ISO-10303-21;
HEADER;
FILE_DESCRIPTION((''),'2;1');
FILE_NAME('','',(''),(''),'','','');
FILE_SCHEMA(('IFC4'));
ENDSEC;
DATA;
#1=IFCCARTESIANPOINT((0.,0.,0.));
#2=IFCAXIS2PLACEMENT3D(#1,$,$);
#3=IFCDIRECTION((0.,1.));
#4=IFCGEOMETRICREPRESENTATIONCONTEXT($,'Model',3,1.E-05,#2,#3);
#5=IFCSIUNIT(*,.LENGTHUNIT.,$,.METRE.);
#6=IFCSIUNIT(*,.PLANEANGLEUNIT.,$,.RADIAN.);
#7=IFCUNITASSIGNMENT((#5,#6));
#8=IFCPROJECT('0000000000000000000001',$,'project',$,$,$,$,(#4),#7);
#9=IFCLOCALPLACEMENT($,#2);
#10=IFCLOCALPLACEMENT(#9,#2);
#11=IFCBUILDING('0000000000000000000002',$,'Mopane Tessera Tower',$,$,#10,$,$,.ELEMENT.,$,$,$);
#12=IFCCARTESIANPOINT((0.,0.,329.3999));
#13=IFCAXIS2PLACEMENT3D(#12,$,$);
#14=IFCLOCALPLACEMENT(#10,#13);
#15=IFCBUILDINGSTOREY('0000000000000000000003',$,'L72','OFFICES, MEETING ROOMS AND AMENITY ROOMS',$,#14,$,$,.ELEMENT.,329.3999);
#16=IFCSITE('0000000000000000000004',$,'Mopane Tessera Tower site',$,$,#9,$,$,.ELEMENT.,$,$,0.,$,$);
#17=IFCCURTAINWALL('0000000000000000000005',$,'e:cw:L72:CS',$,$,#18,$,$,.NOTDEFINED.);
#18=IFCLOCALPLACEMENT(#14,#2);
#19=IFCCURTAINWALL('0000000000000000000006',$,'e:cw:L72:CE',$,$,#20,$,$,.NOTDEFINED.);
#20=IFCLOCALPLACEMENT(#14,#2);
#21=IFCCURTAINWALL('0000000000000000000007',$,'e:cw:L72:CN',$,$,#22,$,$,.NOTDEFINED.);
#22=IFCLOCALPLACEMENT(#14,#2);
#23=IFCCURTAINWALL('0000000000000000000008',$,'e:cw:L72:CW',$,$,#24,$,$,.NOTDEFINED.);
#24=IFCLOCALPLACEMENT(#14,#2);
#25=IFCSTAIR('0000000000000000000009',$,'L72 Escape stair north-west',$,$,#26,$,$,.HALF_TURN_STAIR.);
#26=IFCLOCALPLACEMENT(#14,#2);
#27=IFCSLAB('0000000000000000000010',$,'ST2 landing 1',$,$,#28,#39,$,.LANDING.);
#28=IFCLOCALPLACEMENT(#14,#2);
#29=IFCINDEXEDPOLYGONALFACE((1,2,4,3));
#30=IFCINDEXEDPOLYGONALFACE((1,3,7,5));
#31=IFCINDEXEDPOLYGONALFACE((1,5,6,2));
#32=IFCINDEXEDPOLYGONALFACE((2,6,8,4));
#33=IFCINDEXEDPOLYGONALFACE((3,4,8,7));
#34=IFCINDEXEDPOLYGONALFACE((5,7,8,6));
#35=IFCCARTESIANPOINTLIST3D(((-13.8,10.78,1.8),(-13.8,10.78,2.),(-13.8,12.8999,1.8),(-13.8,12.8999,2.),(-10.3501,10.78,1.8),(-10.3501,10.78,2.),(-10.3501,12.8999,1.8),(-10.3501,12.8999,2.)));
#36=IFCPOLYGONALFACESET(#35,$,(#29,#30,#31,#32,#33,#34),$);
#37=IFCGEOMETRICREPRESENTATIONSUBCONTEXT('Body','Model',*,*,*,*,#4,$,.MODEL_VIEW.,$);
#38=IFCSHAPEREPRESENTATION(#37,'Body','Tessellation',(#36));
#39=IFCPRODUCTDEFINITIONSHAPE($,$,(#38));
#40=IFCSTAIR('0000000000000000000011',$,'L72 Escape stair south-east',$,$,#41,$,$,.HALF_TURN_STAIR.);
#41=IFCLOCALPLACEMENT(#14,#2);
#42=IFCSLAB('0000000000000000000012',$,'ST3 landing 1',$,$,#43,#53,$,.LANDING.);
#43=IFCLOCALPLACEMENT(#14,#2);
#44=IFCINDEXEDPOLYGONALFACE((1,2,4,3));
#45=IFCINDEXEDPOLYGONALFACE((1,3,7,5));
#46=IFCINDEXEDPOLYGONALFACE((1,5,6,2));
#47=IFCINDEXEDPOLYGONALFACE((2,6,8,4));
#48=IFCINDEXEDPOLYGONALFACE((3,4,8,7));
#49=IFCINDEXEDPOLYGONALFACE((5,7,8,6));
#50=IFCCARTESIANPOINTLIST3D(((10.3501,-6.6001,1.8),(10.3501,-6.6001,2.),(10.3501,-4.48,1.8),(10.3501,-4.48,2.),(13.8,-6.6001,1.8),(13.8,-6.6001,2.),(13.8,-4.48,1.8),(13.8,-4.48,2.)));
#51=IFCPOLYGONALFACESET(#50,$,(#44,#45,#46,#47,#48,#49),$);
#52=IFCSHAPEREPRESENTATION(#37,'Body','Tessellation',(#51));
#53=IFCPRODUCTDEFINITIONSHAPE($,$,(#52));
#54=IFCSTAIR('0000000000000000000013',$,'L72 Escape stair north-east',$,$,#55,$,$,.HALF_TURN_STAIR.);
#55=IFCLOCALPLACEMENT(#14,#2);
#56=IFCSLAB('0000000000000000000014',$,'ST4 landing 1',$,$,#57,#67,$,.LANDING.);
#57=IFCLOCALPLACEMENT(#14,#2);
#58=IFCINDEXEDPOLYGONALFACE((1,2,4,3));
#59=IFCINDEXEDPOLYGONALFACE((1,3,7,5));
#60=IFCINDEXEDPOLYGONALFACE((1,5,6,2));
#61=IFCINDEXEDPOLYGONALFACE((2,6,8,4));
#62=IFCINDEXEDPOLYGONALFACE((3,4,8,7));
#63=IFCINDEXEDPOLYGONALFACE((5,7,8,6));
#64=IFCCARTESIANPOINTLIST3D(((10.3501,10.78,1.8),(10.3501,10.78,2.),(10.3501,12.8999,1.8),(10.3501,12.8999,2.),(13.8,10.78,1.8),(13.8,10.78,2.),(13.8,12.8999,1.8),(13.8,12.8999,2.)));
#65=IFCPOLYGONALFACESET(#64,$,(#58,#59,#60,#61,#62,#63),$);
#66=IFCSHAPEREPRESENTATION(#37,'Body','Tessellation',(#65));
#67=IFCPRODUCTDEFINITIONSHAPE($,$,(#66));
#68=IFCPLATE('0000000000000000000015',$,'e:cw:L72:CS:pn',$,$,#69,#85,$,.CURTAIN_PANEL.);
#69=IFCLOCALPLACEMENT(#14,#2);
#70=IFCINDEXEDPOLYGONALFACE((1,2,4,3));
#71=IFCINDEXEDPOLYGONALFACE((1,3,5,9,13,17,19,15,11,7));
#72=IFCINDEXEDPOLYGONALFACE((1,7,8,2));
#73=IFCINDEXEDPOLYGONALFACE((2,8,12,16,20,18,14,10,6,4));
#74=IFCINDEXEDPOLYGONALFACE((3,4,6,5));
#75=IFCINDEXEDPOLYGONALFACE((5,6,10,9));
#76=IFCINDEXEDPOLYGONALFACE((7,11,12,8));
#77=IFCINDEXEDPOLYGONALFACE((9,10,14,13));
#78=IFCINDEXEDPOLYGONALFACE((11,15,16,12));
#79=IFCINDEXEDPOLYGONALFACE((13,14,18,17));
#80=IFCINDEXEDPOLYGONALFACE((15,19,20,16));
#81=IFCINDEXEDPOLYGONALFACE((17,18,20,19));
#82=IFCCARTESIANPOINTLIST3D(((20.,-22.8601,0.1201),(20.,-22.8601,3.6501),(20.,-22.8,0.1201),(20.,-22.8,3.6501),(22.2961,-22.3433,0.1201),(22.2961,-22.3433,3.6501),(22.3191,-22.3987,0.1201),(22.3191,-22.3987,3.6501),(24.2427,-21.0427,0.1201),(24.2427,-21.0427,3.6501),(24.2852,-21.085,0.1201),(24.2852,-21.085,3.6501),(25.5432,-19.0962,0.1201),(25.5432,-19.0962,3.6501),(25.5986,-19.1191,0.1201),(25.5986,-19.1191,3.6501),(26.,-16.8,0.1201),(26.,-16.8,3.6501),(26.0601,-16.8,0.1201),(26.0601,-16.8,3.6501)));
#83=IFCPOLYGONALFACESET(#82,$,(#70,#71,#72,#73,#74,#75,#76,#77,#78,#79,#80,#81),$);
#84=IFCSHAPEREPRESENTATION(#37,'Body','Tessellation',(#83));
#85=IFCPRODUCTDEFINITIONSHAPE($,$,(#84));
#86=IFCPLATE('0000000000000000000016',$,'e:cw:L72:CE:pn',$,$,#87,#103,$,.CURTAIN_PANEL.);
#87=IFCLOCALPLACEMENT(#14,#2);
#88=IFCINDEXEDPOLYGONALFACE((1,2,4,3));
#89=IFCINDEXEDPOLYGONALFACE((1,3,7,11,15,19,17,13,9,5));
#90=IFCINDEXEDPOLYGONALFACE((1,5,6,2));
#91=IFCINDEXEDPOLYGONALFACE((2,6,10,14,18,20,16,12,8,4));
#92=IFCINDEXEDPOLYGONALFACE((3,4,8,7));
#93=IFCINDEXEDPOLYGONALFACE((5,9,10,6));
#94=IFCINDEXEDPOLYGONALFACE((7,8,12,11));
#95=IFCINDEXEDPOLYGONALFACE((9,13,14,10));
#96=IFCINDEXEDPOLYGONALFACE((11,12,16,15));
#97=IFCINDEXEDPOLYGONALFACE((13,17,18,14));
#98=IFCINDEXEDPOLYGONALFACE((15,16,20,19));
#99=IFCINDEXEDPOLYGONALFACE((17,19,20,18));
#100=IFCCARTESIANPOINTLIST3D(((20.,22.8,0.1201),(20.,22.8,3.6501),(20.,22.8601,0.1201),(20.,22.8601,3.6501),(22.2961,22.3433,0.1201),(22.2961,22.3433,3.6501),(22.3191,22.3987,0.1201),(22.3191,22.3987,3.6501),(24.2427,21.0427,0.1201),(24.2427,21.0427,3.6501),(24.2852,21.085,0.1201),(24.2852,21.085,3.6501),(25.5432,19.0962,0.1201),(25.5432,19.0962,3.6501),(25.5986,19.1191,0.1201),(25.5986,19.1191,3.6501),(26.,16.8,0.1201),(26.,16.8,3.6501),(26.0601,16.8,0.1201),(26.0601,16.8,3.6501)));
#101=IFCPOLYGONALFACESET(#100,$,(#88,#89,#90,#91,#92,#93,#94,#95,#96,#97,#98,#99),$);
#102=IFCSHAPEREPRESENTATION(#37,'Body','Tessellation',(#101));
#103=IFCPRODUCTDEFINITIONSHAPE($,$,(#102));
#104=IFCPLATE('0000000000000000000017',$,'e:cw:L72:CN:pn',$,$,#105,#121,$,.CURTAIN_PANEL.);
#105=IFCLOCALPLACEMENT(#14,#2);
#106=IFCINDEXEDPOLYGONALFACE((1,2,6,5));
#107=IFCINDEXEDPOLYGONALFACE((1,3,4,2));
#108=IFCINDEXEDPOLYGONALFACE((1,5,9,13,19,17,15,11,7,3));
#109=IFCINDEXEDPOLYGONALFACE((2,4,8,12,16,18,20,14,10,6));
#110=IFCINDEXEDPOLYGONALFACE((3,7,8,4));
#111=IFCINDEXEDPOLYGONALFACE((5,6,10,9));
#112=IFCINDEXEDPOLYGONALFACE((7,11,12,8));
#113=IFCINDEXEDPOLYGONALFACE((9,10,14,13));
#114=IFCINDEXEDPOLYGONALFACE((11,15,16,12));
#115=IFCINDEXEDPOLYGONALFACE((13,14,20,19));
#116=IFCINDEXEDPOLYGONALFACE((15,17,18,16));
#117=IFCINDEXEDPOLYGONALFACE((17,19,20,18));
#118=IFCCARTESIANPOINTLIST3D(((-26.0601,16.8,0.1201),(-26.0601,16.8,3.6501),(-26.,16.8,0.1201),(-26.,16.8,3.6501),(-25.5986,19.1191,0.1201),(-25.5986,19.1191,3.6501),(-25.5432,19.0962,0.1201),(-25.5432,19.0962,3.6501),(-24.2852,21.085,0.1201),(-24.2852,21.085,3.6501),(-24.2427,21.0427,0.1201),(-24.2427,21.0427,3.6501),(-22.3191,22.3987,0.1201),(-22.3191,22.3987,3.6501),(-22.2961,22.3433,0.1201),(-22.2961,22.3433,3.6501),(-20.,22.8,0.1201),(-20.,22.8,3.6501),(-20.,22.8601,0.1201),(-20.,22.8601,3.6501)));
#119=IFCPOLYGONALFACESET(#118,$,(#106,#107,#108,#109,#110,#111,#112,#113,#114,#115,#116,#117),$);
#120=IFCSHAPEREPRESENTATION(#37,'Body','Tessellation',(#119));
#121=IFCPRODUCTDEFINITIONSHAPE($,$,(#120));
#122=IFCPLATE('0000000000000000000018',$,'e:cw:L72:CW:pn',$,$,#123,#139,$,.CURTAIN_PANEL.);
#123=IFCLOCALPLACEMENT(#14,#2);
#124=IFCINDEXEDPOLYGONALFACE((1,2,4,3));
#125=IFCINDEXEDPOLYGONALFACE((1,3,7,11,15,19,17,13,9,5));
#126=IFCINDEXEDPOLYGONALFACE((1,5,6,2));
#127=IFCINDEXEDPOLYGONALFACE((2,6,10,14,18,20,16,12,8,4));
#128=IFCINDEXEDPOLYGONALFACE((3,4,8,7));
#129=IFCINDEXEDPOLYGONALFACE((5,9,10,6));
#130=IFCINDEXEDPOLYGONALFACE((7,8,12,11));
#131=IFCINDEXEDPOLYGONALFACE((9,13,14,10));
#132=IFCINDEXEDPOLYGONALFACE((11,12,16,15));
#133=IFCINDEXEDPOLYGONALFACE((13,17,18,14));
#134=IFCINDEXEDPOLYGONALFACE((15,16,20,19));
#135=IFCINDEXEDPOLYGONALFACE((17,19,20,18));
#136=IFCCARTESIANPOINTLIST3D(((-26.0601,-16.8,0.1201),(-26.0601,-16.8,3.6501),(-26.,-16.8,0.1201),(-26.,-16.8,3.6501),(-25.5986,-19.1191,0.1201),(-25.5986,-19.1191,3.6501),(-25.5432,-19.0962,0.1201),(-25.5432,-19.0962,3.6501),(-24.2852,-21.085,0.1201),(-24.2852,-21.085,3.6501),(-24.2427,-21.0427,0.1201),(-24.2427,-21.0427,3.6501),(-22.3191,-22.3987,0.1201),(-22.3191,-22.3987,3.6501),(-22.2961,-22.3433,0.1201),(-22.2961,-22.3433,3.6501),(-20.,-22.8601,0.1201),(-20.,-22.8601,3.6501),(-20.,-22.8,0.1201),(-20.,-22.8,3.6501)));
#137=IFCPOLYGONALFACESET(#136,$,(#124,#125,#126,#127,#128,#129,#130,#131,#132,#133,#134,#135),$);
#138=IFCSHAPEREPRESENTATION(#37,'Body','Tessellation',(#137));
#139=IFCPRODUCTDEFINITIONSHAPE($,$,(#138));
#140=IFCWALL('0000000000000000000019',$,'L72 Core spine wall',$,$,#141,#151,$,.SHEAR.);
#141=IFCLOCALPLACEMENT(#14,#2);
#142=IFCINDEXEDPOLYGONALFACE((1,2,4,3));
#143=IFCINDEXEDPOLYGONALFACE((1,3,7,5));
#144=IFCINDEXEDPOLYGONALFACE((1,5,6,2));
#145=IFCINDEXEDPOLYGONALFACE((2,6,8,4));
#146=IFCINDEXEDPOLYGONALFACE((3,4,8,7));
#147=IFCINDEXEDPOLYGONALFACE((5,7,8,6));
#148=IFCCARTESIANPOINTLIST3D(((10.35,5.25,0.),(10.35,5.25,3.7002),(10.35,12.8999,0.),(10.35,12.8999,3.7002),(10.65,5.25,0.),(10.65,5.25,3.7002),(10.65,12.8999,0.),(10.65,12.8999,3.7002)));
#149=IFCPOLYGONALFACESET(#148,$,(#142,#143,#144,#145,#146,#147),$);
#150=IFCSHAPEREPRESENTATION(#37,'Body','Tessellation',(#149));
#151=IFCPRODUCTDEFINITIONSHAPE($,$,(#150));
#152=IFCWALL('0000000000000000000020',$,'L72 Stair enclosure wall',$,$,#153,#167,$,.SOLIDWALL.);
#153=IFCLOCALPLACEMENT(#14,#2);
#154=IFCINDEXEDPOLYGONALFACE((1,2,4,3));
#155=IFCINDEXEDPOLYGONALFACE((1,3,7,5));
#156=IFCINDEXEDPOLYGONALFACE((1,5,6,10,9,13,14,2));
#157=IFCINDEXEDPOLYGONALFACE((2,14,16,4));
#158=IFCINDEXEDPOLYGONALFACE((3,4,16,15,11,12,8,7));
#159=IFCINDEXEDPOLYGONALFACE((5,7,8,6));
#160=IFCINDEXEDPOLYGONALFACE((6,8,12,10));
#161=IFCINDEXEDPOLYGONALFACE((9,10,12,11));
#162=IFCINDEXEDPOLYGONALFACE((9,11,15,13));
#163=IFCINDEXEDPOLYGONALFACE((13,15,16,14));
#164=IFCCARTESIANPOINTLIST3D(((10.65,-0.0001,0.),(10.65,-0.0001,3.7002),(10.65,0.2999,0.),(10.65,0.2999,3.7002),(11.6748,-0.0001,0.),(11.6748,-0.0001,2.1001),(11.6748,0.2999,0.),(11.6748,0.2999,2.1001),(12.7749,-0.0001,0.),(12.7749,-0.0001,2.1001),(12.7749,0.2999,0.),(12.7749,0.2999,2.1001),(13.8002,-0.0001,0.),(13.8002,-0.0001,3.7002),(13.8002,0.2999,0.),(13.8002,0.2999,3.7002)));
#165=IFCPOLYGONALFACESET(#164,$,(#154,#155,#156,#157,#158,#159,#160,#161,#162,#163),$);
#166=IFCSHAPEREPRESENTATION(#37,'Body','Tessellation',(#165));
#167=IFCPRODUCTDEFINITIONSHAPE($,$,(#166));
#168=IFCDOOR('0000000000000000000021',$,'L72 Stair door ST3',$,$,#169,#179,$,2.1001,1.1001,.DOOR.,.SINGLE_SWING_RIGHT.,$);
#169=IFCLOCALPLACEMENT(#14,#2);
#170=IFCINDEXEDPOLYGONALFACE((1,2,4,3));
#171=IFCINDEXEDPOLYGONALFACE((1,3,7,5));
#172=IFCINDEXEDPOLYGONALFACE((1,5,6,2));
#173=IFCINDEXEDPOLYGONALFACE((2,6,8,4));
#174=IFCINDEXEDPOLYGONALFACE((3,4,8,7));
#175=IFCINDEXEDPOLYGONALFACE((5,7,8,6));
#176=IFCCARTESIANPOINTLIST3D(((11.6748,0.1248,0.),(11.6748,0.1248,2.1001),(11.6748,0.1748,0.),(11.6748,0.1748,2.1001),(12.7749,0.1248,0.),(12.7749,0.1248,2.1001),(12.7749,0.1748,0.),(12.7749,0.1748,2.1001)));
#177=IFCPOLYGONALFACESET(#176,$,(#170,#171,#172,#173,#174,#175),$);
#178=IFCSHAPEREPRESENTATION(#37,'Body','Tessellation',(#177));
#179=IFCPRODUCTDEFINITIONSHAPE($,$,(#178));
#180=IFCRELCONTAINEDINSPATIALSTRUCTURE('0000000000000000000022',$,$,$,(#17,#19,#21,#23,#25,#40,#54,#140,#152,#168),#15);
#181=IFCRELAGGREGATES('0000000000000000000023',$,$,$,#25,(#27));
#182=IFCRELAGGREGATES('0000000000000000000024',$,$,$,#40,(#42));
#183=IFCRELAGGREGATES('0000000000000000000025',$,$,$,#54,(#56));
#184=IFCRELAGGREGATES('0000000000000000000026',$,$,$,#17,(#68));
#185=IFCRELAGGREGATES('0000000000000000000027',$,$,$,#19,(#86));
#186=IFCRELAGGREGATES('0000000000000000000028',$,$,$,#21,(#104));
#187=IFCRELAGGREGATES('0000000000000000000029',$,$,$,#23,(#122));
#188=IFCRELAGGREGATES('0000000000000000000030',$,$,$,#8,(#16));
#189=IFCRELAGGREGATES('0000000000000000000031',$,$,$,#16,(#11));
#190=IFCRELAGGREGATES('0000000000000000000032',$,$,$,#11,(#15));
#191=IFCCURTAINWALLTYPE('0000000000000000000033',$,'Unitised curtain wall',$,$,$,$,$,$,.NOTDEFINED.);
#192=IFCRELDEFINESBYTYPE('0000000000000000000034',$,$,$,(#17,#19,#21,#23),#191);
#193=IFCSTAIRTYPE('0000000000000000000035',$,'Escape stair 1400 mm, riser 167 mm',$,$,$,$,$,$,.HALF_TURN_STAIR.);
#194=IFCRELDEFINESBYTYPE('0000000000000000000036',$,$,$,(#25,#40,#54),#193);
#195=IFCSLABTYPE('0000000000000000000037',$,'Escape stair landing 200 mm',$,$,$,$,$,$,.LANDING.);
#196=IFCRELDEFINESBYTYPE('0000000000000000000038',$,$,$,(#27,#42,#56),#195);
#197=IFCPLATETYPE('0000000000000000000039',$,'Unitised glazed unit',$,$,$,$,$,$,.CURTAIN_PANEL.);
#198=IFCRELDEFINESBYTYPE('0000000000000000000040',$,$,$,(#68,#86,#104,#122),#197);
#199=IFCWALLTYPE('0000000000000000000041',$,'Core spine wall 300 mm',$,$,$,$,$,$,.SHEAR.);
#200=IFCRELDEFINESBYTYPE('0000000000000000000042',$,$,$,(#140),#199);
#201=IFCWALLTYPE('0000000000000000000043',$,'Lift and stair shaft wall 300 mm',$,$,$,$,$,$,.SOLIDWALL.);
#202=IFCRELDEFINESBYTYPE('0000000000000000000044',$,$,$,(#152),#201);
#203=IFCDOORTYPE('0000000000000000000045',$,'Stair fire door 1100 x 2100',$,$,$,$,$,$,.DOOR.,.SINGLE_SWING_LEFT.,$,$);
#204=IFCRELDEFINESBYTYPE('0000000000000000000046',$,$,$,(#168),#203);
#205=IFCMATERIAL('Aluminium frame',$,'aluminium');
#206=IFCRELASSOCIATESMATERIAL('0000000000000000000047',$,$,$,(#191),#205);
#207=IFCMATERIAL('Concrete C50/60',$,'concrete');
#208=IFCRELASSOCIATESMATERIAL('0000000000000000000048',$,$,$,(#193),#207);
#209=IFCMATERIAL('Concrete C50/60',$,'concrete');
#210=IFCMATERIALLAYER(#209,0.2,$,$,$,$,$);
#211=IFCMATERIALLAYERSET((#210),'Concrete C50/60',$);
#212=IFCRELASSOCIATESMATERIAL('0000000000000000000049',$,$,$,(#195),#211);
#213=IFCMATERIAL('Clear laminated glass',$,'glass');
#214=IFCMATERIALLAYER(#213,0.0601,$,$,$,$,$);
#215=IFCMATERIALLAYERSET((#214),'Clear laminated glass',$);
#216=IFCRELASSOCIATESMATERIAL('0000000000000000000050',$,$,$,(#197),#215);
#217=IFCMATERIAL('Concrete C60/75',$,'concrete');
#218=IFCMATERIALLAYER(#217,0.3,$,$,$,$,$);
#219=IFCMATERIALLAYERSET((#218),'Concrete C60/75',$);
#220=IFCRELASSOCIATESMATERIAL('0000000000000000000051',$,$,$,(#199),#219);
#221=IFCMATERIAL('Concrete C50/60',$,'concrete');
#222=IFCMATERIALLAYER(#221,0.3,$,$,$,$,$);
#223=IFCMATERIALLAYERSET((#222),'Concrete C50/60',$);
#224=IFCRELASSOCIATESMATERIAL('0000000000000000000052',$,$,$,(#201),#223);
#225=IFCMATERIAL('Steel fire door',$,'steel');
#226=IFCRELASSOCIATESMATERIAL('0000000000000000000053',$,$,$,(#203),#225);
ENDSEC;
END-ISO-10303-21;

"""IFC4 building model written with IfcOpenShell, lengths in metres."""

from ifc_helpers import new_model, si_unit, direction, frame, frame_2d, origin, place, context, subcontext, project, spatial, polyline, rectangle, outline, extrude, material, layer, layer_set, type_object, element, fill, aggregate, save


model = new_model("IFC4")

# Units and contexts
model_context = context("Model", 3, precision=1e-05, world=origin(), true_north=direction((0.0, 1.0)))
body_context = subcontext(model_context, "Body", "Model", "MODEL_VIEW")
ifc_project = project(units=[si_unit("LENGTHUNIT", "METRE"), si_unit("PLANEANGLEUNIT", "RADIAN")], contexts=[model_context])

# Site, building, storey
site_placement = place(None, origin())
site = spatial("IfcSite", under=ifc_project, at=site_placement, Name="Mopane Tessera Tower site", CompositionType="ELEMENT", RefElevation=0.0)
building_placement = place(site_placement, origin())
building = spatial("IfcBuilding", under=site, at=building_placement, Name="Mopane Tessera Tower", CompositionType="ELEMENT")
storey_placement = place(building_placement, frame((0.0, 0.0, 329.3999)))
storey = spatial("IfcBuildingStorey", under=building, at=storey_placement, Name="L72", Description="OFFICES, MEETING ROOMS AND AMENITY ROOMS", CompositionType="ELEMENT", Elevation=329.3999)

# Curtain walls
ifc_material_1 = material(Name="Aluminium frame", Category="aluminium")
curtain_wall_type = type_object("IfcCurtainWallType", Name="Unitised curtain wall", PredefinedType="NOTDEFINED", material=ifc_material_1)
curtain_wall_1_placement = place(storey_placement, origin())
curtain_wall_1 = element("IfcCurtainWall", 1, at=curtain_wall_1_placement, inside=storey, type_object=curtain_wall_type, Name="e:cw:L72:CS", PredefinedType="NOTDEFINED")
curtain_wall_2_placement = place(storey_placement, origin())
curtain_wall_2 = element("IfcCurtainWall", 2, at=curtain_wall_2_placement, inside=storey, type_object=curtain_wall_type, Name="e:cw:L72:CE", PredefinedType="NOTDEFINED")
curtain_wall_3_placement = place(storey_placement, origin())
curtain_wall_3 = element("IfcCurtainWall", 3, at=curtain_wall_3_placement, inside=storey, type_object=curtain_wall_type, Name="e:cw:L72:CN", PredefinedType="NOTDEFINED")
curtain_wall_4_placement = place(storey_placement, origin())
curtain_wall_4 = element("IfcCurtainWall", 4, at=curtain_wall_4_placement, inside=storey, type_object=curtain_wall_type, Name="e:cw:L72:CW", PredefinedType="NOTDEFINED")

# Stairs, slabs
ifc_material_2 = material(Name="Concrete C50/60", Category="concrete")
stair_type = type_object("IfcStairType", Name="Escape stair 1400 mm, riser 167 mm", PredefinedType="HALF_TURN_STAIR", material=ifc_material_2)
ifc_material_3 = material(Name="Concrete C50/60", Category="concrete")
ifc_layer_1 = layer(ifc_material_3, 0.2)
ifc_layer_set_1 = layer_set([ifc_layer_1], Name="Concrete C50/60")
slab_type_1 = type_object("IfcSlabType", Name="Escape stair landing 200 mm", PredefinedType="LANDING", material=ifc_layer_set_1)
stair_1_placement = place(storey_placement, origin())
stair_1 = element("IfcStair", 5, at=stair_1_placement, inside=storey, type_object=stair_type, Name="L72 Escape stair north-west", PredefinedType="HALF_TURN_STAIR")
slab_1_placement = place(storey_placement, frame((0.0, 0.0, 1.8)))
slab_1 = element("IfcSlab", 6, at=slab_1_placement, type_object=slab_type_1, Name="ST2 landing 1", PredefinedType="LANDING", context=body_context, shape_type="SweptSolid", body=[
    extrude(outline(polyline([(-10.3501, 10.78), (-10.3501, 12.8999), (-13.8, 12.8999), (-13.8, 10.78), (-10.3501, 10.78)])), origin(), (0.0, 0.0, 1.0), 0.2),
])
aggregate(stair_1, [slab_1])
stair_2_placement = place(storey_placement, origin())
stair_2 = element("IfcStair", 7, at=stair_2_placement, inside=storey, type_object=stair_type, Name="L72 Escape stair south-east", PredefinedType="HALF_TURN_STAIR")
slab_2_placement = place(storey_placement, frame((0.0, 0.0, 1.8)))
slab_2 = element("IfcSlab", 8, at=slab_2_placement, type_object=slab_type_1, Name="ST3 landing 1", PredefinedType="LANDING", context=body_context, shape_type="SweptSolid", body=[
    extrude(outline(polyline([(10.3501, -4.48), (10.3501, -6.6001), (13.8, -6.6001), (13.8, -4.48), (10.3501, -4.48)])), origin(), (0.0, 0.0, 1.0), 0.2),
])
aggregate(stair_2, [slab_2])
stair_3_placement = place(storey_placement, origin())
stair_3 = element("IfcStair", 9, at=stair_3_placement, inside=storey, type_object=stair_type, Name="L72 Escape stair north-east", PredefinedType="HALF_TURN_STAIR")
slab_3_placement = place(storey_placement, frame((0.0, 0.0, 1.8)))
slab_3 = element("IfcSlab", 10, at=slab_3_placement, type_object=slab_type_1, Name="ST4 landing 1", PredefinedType="LANDING", context=body_context, shape_type="SweptSolid", body=[
    extrude(outline(polyline([(13.8, 10.78), (13.8, 12.8999), (10.3501, 12.8999), (10.3501, 10.78), (13.8, 10.78)])), origin(), (0.0, 0.0, 1.0), 0.2),
])
aggregate(stair_3, [slab_3])

# Plates
ifc_material_4 = material(Name="Clear laminated glass", Category="glass")
ifc_layer_2 = layer(ifc_material_4, 0.0601)
ifc_layer_set_2 = layer_set([ifc_layer_2], Name="Clear laminated glass")
plate_type = type_object("IfcPlateType", Name="Unitised glazed unit", PredefinedType="CURTAIN_PANEL", material=ifc_layer_set_2)
plate_1_placement = place(storey_placement, frame((0.0, 0.0, 0.1201)))
plate_1 = element("IfcPlate", 11, at=plate_1_placement, type_object=plate_type, Name="e:cw:L72:CS:pn", PredefinedType="CURTAIN_PANEL", context=body_context, shape_type="SweptSolid", body=[
    extrude(outline(polyline([(20.0, -22.8), (22.2961, -22.3433), (24.2427, -21.0427), (25.5432, -19.0962), (26.0, -16.8), (26.0601, -16.8), (25.5986, -19.1191), (24.2852, -21.085), (22.3191, -22.3987), (20.0, -22.8601), (20.0, -22.8)])), origin(), (0.0, 0.0, 1.0), 3.53),
])
aggregate(curtain_wall_1, [plate_1])
plate_2_placement = place(storey_placement, frame((0.0, 0.0, 0.1201)))
plate_2 = element("IfcPlate", 12, at=plate_2_placement, type_object=plate_type, Name="e:cw:L72:CE:pn", PredefinedType="CURTAIN_PANEL", context=body_context, shape_type="SweptSolid", body=[
    extrude(outline(polyline([(26.0, 16.8), (25.5432, 19.0962), (24.2427, 21.0427), (22.2961, 22.3433), (20.0, 22.8), (20.0, 22.8601), (22.3191, 22.3987), (24.2852, 21.085), (25.5986, 19.1191), (26.0601, 16.8), (26.0, 16.8)])), origin(), (0.0, 0.0, 1.0), 3.53),
])
aggregate(curtain_wall_2, [plate_2])
plate_3_placement = place(storey_placement, frame((0.0, 0.0, 0.1201)))
plate_3 = element("IfcPlate", 13, at=plate_3_placement, type_object=plate_type, Name="e:cw:L72:CN:pn", PredefinedType="CURTAIN_PANEL", context=body_context, shape_type="SweptSolid", body=[
    extrude(outline(polyline([(-20.0, 22.8), (-22.2961, 22.3433), (-24.2427, 21.0427), (-25.5432, 19.0962), (-26.0, 16.8), (-26.0601, 16.8), (-25.5986, 19.1191), (-24.2852, 21.085), (-22.3191, 22.3987), (-20.0, 22.8601), (-20.0, 22.8)])), origin(), (0.0, 0.0, 1.0), 3.53),
])
aggregate(curtain_wall_3, [plate_3])
plate_4_placement = place(storey_placement, frame((0.0, 0.0, 0.1201)))
plate_4 = element("IfcPlate", 14, at=plate_4_placement, type_object=plate_type, Name="e:cw:L72:CW:pn", PredefinedType="CURTAIN_PANEL", context=body_context, shape_type="SweptSolid", body=[
    extrude(outline(polyline([(-26.0, -16.8), (-25.5432, -19.0962), (-24.2427, -21.0427), (-22.2961, -22.3433), (-20.0, -22.8), (-20.0, -22.8601), (-22.3191, -22.3987), (-24.2852, -21.085), (-25.5986, -19.1191), (-26.0601, -16.8), (-26.0, -16.8)])), origin(), (0.0, 0.0, 1.0), 3.53),
])
aggregate(curtain_wall_4, [plate_4])

# Wall
ifc_material_5 = material(Name="Concrete C60/75", Category="concrete")
ifc_layer_3 = layer(ifc_material_5, 0.3)
ifc_layer_set_3 = layer_set([ifc_layer_3], Name="Concrete C60/75")
wall_type_1 = type_object("IfcWallType", Name="Core spine wall 300 mm", PredefinedType="SHEAR", material=ifc_layer_set_3)
wall_1_placement = place(storey_placement, frame((10.5, 5.25, 0.0), z_axis=(0.0, 0.0, 1.0), x_axis=(0.0, 1.0, 0.0)))
element("IfcWall", 15, at=wall_1_placement, inside=storey, type_object=wall_type_1, Name="L72 Core spine wall", PredefinedType="SHEAR", context=body_context, shape_type="SweptSolid", body=[
    extrude(rectangle(XDim=7.6499, YDim=0.3, at=frame_2d((3.825, 0.0))), origin(), (0.0, 0.0, 1.0), 3.7002),
])

# Wall, opening, door
ifc_material_6 = material(Name="Concrete C50/60", Category="concrete")
ifc_layer_4 = layer(ifc_material_6, 0.3)
ifc_layer_set_4 = layer_set([ifc_layer_4], Name="Concrete C50/60")
wall_type_2 = type_object("IfcWallType", Name="Lift and stair shaft wall 300 mm", PredefinedType="SOLIDWALL", material=ifc_layer_set_4)
wall_2_placement = place(storey_placement, frame((10.6499, 0.1499, 0.0), z_axis=(0.0, 0.0, 1.0), x_axis=(1.0, 0.0, 0.0)))
wall_2 = element("IfcWall", 16, at=wall_2_placement, inside=storey, type_object=wall_type_2, Name="L72 Stair enclosure wall", PredefinedType="SOLIDWALL", context=body_context, shape_type="SweptSolid", body=[
    extrude(rectangle(XDim=3.1501, YDim=0.3, at=frame_2d((1.5752, 0.0))), origin(), (0.0, 0.0, 1.0), 3.7002),
])
opening_1_placement = place(wall_2_placement, frame((1.0249, 0.0, 0.0)))
opening_1 = element("IfcOpeningElement", 17, at=opening_1_placement, cuts=wall_2, PredefinedType="OPENING", context=body_context, shape_type="SweptSolid", body=[
    extrude(rectangle(XDim=1.1001, YDim=2.1001, at=frame_2d((0.55, 1.05))), frame((0.0, 0.1621, 0.0), z_axis=(0.0, -1.0, 0.0), x_axis=(1.0, 0.0, 0.0)), (0.0, 0.0, 1.0), 0.324),
])
ifc_material_7 = material(Name="Steel fire door", Category="steel")
door_type = type_object("IfcDoorType", Name="Stair fire door 1100 x 2100", OperationType="SINGLE_SWING_LEFT", PredefinedType="DOOR", material=ifc_material_7)
door_1_placement = place(opening_1_placement, origin())
door_1 = element("IfcDoor", 18, at=door_1_placement, inside=storey, type_object=door_type, Name="L72 Stair door ST3", OperationType="SINGLE_SWING_RIGHT", OverallHeight=2.1001, OverallWidth=1.1001, PredefinedType="DOOR", context=body_context, shape_type="SweptSolid", body=[
    extrude(rectangle(XDim=1.1001, YDim=2.1001, at=frame_2d((0.55, 1.05))), frame((0.0, 0.0249, 0.0), z_axis=(0.0, -1.0, 0.0), x_axis=(1.0, 0.0, 0.0)), (0.0, 0.0, 1.0), 0.05),
])
fill(opening_1, door_1)

save(model, "model.ifc")
